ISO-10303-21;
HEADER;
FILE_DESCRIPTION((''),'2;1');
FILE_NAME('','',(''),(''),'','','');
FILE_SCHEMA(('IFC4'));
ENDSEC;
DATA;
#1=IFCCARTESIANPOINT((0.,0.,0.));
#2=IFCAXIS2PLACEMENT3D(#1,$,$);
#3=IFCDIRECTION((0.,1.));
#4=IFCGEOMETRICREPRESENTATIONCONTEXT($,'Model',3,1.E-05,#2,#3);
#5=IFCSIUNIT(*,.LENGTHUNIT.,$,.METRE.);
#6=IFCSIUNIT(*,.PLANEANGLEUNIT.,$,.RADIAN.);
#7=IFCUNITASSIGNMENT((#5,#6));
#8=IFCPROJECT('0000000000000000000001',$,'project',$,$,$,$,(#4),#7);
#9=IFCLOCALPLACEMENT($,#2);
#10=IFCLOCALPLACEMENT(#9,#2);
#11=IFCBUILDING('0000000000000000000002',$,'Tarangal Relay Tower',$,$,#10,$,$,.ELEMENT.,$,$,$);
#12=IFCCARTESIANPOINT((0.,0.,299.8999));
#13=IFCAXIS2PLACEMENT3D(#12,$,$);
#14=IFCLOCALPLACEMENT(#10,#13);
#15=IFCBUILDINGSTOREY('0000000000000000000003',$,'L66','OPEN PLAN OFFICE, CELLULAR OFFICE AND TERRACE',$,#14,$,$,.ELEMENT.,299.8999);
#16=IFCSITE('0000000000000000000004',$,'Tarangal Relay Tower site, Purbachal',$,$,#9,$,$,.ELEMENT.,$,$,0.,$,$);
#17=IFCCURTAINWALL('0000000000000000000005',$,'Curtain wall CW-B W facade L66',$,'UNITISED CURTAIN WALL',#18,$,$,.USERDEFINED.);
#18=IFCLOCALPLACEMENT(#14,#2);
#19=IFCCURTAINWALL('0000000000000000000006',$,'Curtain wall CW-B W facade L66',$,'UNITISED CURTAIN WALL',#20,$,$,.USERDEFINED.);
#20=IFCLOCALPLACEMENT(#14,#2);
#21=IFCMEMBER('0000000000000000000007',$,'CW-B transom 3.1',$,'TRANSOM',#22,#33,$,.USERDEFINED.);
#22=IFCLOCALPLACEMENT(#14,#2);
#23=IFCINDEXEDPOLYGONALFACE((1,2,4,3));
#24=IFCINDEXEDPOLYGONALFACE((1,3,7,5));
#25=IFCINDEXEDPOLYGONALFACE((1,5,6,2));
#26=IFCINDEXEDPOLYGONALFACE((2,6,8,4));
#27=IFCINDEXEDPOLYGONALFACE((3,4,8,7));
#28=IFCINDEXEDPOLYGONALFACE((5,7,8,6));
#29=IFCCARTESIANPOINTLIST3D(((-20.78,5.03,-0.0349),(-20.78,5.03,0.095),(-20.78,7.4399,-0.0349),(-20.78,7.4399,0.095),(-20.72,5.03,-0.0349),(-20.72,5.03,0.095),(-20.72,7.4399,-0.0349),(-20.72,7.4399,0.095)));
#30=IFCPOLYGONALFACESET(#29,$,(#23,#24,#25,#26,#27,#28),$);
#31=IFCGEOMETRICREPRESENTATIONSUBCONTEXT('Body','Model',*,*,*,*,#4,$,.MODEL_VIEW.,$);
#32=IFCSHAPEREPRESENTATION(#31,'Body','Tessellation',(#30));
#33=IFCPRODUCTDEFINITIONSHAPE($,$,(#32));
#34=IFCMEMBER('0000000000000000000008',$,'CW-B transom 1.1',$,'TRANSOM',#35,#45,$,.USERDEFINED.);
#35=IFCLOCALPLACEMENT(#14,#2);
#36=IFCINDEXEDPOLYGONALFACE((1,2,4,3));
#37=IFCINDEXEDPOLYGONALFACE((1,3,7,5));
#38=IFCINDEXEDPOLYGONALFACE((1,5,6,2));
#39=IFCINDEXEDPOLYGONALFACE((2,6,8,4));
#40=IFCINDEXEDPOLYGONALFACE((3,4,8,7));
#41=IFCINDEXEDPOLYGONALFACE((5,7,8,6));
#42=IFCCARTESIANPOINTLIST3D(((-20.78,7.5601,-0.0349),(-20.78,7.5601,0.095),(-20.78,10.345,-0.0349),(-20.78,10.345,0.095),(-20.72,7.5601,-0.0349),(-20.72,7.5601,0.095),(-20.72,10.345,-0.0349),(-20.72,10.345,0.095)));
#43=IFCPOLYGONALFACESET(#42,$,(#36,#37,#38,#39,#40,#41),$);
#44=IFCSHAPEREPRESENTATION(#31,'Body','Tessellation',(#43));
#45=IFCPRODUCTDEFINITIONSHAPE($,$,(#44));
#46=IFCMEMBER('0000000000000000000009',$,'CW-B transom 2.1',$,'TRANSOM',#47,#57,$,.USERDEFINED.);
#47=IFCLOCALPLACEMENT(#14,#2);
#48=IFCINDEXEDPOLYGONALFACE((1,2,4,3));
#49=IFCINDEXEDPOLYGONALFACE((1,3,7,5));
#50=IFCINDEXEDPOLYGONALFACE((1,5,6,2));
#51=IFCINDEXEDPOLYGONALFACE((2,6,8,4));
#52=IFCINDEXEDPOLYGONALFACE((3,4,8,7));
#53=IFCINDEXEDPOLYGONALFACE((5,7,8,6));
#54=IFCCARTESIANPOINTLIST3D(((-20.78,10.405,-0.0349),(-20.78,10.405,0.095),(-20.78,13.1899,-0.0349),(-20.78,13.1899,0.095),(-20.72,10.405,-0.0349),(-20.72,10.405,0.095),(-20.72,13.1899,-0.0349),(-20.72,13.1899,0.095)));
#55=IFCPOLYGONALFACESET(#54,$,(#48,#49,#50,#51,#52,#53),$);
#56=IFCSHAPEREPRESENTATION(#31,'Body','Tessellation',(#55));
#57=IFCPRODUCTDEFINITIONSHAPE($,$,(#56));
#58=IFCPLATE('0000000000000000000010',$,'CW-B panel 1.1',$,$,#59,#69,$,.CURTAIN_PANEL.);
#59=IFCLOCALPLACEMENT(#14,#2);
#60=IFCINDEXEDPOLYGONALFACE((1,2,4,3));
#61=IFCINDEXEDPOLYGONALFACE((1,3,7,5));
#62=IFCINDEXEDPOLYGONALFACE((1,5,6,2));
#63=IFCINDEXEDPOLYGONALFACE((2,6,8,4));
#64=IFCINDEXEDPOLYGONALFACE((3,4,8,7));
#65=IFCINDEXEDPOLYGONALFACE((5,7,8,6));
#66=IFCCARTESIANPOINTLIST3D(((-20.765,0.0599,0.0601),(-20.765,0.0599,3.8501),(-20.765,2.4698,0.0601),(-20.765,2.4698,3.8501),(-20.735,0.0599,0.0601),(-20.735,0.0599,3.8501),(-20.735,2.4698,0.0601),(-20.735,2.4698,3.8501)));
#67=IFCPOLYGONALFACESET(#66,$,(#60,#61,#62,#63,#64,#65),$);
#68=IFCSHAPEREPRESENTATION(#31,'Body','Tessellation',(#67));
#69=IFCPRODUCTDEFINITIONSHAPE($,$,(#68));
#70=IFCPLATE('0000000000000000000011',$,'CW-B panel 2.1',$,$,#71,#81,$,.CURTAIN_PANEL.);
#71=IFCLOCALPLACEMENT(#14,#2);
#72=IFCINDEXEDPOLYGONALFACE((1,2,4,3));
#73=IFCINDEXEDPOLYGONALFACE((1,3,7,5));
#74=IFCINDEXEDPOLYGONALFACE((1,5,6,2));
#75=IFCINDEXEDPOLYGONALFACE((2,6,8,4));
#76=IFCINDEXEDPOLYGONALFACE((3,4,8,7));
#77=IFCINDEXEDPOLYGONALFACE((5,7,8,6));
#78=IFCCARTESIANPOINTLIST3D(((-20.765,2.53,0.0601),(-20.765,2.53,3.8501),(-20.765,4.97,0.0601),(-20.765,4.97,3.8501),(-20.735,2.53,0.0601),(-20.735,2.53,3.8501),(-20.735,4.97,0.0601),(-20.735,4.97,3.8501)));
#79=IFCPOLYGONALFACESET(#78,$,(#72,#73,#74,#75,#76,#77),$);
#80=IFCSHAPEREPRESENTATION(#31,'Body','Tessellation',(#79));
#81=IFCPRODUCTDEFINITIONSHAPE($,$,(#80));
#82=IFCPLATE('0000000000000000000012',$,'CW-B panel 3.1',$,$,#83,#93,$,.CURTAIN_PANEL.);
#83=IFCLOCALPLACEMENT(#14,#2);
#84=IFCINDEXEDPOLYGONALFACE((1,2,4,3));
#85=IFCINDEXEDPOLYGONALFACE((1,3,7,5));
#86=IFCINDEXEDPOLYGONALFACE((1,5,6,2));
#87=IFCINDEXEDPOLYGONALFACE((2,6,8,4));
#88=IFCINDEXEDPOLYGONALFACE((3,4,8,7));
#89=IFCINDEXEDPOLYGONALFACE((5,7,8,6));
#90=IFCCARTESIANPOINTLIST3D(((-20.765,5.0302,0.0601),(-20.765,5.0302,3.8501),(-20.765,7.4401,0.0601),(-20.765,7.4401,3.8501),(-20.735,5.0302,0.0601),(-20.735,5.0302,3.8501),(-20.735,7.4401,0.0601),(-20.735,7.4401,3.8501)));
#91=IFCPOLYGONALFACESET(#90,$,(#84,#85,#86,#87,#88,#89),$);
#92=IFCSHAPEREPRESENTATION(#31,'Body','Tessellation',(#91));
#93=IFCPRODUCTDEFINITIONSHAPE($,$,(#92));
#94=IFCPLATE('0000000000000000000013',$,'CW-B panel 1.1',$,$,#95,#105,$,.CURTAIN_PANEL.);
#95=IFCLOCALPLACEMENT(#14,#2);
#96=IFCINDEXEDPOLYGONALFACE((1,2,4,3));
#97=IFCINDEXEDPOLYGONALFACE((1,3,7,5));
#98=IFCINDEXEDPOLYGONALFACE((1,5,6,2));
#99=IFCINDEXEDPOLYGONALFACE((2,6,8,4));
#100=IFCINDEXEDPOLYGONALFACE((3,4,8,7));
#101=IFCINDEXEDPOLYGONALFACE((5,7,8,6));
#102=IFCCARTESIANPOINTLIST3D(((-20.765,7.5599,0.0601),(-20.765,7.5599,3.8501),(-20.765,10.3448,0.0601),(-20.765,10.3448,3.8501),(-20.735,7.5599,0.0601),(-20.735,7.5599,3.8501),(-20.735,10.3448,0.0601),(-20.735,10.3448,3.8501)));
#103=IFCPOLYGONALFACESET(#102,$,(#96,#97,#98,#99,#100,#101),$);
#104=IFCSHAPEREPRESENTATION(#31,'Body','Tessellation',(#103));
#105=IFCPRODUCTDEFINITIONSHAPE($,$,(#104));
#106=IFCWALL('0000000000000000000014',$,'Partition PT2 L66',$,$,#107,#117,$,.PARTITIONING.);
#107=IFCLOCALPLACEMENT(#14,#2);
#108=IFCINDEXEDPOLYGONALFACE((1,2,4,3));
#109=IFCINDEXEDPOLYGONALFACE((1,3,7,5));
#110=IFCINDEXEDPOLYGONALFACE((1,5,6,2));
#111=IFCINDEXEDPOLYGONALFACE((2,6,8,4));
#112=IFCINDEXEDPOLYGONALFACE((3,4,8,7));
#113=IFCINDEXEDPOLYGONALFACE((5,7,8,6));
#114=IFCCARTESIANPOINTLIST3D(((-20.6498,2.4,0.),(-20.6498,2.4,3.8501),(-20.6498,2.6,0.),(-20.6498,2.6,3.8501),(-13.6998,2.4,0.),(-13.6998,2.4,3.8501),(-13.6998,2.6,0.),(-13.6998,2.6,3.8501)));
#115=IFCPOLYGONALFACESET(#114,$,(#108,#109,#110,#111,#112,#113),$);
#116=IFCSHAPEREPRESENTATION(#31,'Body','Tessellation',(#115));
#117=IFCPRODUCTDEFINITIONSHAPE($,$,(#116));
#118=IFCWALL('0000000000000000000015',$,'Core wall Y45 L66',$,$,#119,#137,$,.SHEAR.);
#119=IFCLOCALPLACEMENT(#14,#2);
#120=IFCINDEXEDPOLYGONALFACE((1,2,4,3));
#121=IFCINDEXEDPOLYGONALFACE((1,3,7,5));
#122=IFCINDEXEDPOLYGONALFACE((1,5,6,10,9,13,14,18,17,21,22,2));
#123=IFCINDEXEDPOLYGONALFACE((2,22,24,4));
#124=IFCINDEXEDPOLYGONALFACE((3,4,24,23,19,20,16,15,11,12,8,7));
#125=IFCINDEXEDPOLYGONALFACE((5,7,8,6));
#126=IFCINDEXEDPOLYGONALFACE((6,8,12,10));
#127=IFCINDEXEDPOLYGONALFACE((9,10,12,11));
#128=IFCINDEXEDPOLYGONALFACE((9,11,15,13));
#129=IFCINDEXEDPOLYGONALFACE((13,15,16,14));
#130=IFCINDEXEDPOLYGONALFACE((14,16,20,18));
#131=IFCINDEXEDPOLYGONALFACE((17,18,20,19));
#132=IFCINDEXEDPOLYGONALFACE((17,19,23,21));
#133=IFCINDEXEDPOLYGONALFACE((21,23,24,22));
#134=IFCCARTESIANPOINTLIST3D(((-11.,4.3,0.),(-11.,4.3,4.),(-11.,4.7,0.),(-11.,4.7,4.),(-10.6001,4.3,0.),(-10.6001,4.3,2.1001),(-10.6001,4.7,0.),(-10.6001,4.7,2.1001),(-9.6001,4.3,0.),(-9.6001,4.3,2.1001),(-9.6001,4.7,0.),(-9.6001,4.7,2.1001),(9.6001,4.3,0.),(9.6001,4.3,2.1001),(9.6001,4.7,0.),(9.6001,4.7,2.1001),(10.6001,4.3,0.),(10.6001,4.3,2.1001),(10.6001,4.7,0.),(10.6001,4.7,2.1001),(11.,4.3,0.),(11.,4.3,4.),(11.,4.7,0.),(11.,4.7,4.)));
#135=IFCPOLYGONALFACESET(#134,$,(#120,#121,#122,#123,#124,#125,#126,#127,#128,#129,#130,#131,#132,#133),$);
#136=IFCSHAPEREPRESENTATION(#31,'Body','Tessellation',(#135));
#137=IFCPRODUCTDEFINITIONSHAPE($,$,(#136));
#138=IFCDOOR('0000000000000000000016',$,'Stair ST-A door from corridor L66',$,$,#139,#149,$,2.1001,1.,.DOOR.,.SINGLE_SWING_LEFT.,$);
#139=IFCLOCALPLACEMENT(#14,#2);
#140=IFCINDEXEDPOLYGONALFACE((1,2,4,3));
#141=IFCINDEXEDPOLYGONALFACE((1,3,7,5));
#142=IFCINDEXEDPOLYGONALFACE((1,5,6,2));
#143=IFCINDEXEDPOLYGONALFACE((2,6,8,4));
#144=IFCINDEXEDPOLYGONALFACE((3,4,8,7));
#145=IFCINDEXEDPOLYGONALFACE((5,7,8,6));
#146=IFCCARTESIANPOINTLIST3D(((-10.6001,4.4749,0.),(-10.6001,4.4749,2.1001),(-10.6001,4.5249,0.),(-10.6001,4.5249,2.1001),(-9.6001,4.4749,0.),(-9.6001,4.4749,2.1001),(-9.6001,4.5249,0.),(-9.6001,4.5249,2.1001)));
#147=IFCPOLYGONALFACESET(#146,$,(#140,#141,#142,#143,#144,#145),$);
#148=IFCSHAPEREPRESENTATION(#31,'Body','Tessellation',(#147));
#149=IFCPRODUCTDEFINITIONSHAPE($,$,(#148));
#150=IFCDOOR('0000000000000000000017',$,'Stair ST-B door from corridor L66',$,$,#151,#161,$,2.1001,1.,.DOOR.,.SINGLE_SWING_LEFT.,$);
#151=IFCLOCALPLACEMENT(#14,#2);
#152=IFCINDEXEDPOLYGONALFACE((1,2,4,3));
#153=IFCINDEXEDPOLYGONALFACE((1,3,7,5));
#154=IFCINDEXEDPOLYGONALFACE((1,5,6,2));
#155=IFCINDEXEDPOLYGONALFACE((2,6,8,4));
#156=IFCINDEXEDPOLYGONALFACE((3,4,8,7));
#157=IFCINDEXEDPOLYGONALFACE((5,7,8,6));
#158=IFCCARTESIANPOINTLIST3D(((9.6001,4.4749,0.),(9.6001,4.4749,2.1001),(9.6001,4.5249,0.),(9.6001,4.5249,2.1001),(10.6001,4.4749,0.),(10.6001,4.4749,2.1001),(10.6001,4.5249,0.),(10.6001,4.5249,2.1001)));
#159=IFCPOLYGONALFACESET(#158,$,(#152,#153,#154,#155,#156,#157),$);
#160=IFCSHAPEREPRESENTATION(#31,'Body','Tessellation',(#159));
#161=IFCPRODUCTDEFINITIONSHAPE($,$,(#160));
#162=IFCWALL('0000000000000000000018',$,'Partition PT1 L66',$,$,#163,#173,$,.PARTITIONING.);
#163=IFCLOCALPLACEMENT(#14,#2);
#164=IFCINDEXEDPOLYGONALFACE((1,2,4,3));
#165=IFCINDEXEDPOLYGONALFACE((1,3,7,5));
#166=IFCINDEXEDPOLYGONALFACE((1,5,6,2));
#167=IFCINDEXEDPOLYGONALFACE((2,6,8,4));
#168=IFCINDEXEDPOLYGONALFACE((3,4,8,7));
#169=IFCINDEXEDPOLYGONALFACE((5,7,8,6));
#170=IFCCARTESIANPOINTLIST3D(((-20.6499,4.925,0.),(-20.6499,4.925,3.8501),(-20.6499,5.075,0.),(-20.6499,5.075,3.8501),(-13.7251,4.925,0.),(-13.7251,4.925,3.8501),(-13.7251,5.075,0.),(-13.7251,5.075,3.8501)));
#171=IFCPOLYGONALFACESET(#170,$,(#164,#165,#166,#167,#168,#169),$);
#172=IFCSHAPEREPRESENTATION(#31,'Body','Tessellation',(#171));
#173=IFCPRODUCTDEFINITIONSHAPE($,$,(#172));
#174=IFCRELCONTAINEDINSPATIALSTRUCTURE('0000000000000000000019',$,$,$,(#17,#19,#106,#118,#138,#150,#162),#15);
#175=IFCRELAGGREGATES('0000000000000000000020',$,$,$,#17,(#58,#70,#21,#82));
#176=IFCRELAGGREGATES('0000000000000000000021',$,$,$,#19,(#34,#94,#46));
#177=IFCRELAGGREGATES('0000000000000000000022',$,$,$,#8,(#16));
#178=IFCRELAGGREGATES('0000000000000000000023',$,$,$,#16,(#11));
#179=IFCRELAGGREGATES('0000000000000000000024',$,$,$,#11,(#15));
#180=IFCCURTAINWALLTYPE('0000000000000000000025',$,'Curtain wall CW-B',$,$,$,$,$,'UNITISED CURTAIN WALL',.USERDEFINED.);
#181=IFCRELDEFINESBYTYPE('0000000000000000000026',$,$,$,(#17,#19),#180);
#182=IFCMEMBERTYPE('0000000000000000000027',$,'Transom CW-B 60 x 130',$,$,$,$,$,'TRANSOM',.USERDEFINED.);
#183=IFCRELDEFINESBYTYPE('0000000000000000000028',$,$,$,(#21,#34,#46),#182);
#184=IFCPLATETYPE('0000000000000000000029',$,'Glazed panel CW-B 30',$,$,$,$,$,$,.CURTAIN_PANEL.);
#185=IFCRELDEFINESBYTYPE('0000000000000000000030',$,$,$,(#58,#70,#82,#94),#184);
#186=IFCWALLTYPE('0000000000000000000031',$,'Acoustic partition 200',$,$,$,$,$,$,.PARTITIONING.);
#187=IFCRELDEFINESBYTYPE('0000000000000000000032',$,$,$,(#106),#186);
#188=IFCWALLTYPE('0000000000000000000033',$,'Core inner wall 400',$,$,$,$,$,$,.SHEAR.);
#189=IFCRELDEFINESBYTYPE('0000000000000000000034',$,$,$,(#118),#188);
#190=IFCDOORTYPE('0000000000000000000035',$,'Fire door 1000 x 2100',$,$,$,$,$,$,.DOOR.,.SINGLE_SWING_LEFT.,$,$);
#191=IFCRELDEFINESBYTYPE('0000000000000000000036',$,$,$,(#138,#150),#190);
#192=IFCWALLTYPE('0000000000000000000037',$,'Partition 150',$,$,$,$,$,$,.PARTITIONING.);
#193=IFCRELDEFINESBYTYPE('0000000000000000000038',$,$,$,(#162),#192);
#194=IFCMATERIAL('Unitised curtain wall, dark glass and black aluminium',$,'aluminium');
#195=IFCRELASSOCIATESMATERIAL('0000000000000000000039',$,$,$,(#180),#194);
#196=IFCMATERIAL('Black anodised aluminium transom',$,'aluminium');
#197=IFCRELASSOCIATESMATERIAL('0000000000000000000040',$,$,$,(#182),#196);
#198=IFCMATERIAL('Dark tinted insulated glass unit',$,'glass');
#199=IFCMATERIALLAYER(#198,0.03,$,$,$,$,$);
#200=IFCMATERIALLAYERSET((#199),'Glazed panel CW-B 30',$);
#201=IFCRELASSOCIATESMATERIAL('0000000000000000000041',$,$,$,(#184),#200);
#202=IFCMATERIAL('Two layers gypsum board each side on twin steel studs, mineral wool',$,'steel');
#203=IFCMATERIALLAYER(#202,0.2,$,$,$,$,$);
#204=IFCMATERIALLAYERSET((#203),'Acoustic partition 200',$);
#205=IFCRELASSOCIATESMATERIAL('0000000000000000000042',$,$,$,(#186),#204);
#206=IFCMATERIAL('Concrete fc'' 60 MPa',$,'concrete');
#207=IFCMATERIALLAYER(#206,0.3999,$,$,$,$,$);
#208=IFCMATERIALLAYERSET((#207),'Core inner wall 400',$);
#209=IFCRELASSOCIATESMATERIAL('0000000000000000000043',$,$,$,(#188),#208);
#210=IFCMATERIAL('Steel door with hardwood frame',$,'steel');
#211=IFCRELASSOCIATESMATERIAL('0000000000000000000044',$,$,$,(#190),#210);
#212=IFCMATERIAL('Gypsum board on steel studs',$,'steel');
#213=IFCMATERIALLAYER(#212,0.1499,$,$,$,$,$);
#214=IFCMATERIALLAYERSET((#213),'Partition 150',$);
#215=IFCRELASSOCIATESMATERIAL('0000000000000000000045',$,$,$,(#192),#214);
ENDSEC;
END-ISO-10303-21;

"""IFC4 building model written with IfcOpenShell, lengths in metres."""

from ifc_helpers import new_model, si_unit, direction, frame, frame_2d, origin, origin_2d, place, context, subcontext, project, spatial, rectangle, extrude, material, layer, layer_set, material_profile, profile_set, type_object, element, fill, aggregate, save


model = new_model("IFC4")

# Units and contexts
model_context = context("Model", 3, precision=1e-05, world=origin(), true_north=direction((0.0, 1.0)))
body_context = subcontext(model_context, "Body", "Model", "MODEL_VIEW")
ifc_project = project(units=[si_unit("LENGTHUNIT", "METRE"), si_unit("PLANEANGLEUNIT", "RADIAN")], contexts=[model_context])

# Site, building, storey
site_placement = place(None, origin())
site = spatial("IfcSite", under=ifc_project, at=site_placement, Name="Tarangal Relay Tower site, Purbachal", CompositionType="ELEMENT", RefElevation=0.0)
building_placement = place(site_placement, origin())
building = spatial("IfcBuilding", under=site, at=building_placement, Name="Tarangal Relay Tower", CompositionType="ELEMENT")
storey_placement = place(building_placement, frame((0.0, 0.0, 299.8999)))
storey = spatial("IfcBuildingStorey", under=building, at=storey_placement, Name="L66", Description="OPEN PLAN OFFICE, CELLULAR OFFICE AND TERRACE", CompositionType="ELEMENT", Elevation=299.8999)

# Curtain walls
ifc_material_1 = material(Name="Unitised curtain wall, dark glass and black aluminium", Category="aluminium")
curtain_wall_type = type_object("IfcCurtainWallType", Name="Curtain wall CW-B", ElementType="UNITISED CURTAIN WALL", PredefinedType="USERDEFINED", material=ifc_material_1)
curtain_wall_1_placement = place(storey_placement, origin())
curtain_wall_1 = element("IfcCurtainWall", 1, at=curtain_wall_1_placement, inside=storey, type_object=curtain_wall_type, Name="Curtain wall CW-B W facade L66", ObjectType="UNITISED CURTAIN WALL", PredefinedType="USERDEFINED")
curtain_wall_2_placement = place(storey_placement, origin())
curtain_wall_2 = element("IfcCurtainWall", 2, at=curtain_wall_2_placement, inside=storey, type_object=curtain_wall_type, Name="Curtain wall CW-B W facade L66", ObjectType="UNITISED CURTAIN WALL", PredefinedType="USERDEFINED")

# Members
ifc_material_2 = material(Name="Black anodised aluminium transom", Category="aluminium")
ifc_material_profile_1 = material_profile(ifc_material_2, rectangle(XDim=0.0601, YDim=0.1299, at=origin_2d()), Name="CW-BT 60X130")
ifc_profile_set_1 = profile_set([ifc_material_profile_1], Name="Black anodised aluminium transom")
member_type_1 = type_object("IfcMemberType", Name="Transom CW-B 60 x 130", ElementType="TRANSOM", PredefinedType="USERDEFINED", material=ifc_profile_set_1)
member_1_placement = place(storey_placement, frame((-20.75, 5.03, 0.03), z_axis=(0.0, 1.0, 0.0), x_axis=(-1.0, 0.0, 0.0)))
member_1 = element("IfcMember", 3, at=member_1_placement, type_object=member_type_1, Name="CW-B transom 3.1", ObjectType="TRANSOM", PredefinedType="USERDEFINED", context=body_context, shape_type="SweptSolid", body=[
    extrude(rectangle(XDim=0.0601, YDim=0.1299, at=origin_2d()), origin(), (0.0, 0.0, 1.0), 2.4099),
])
member_2_placement = place(storey_placement, frame((-20.75, 7.5601, 0.03), z_axis=(0.0, 1.0, 0.0), x_axis=(-1.0, 0.0, 0.0)))
member_2 = element("IfcMember", 4, at=member_2_placement, type_object=member_type_1, Name="CW-B transom 1.1", ObjectType="TRANSOM", PredefinedType="USERDEFINED", context=body_context, shape_type="SweptSolid", body=[
    extrude(rectangle(XDim=0.0601, YDim=0.1299, at=origin_2d()), origin(), (0.0, 0.0, 1.0), 2.7849),
])
member_3_placement = place(storey_placement, frame((-20.75, 10.405, 0.03), z_axis=(0.0, 1.0, 0.0), x_axis=(-1.0, 0.0, 0.0)))
member_3 = element("IfcMember", 5, at=member_3_placement, type_object=member_type_1, Name="CW-B transom 2.1", ObjectType="TRANSOM", PredefinedType="USERDEFINED", context=body_context, shape_type="SweptSolid", body=[
    extrude(rectangle(XDim=0.0601, YDim=0.1299, at=origin_2d()), origin(), (0.0, 0.0, 1.0), 2.7849),
])

# Plates
ifc_material_3 = material(Name="Dark tinted insulated glass unit", Category="glass")
ifc_layer_1 = layer(ifc_material_3, 0.03)
ifc_layer_set_1 = layer_set([ifc_layer_1], Name="Glazed panel CW-B 30")
plate_type = type_object("IfcPlateType", Name="Glazed panel CW-B 30", PredefinedType="CURTAIN_PANEL", material=ifc_layer_set_1)
plate_1_placement = place(storey_placement, frame((-20.75, 1.2649, 0.0601), z_axis=(0.0, 0.0, 1.0), x_axis=(0.0, 1.0, 0.0)))
plate_1 = element("IfcPlate", 6, at=plate_1_placement, type_object=plate_type, Name="CW-B panel 1.1", PredefinedType="CURTAIN_PANEL", context=body_context, shape_type="SweptSolid", body=[
    extrude(rectangle(XDim=2.4099, YDim=0.03, at=origin_2d()), origin(), (0.0, 0.0, 1.0), 3.79),
])
plate_2_placement = place(storey_placement, frame((-20.75, 3.75, 0.0601), z_axis=(0.0, 0.0, 1.0), x_axis=(0.0, 1.0, 0.0)))
plate_2 = element("IfcPlate", 7, at=plate_2_placement, type_object=plate_type, Name="CW-B panel 2.1", PredefinedType="CURTAIN_PANEL", context=body_context, shape_type="SweptSolid", body=[
    extrude(rectangle(XDim=2.4399, YDim=0.03, at=origin_2d()), origin(), (0.0, 0.0, 1.0), 3.79),
])
plate_3_placement = place(storey_placement, frame((-20.75, 6.2351, 0.0601), z_axis=(0.0, 0.0, 1.0), x_axis=(0.0, 1.0, 0.0)))
plate_3 = element("IfcPlate", 8, at=plate_3_placement, type_object=plate_type, Name="CW-B panel 3.1", PredefinedType="CURTAIN_PANEL", context=body_context, shape_type="SweptSolid", body=[
    extrude(rectangle(XDim=2.4099, YDim=0.03, at=origin_2d()), origin(), (0.0, 0.0, 1.0), 3.79),
])
aggregate(curtain_wall_1, [plate_1, plate_2, member_1, plate_3])
plate_4_placement = place(storey_placement, frame((-20.75, 8.9524, 0.0601), z_axis=(0.0, 0.0, 1.0), x_axis=(0.0, 1.0, 0.0)))
plate_4 = element("IfcPlate", 9, at=plate_4_placement, type_object=plate_type, Name="CW-B panel 1.1", PredefinedType="CURTAIN_PANEL", context=body_context, shape_type="SweptSolid", body=[
    extrude(rectangle(XDim=2.7849, YDim=0.03, at=origin_2d()), origin(), (0.0, 0.0, 1.0), 3.79),
])
aggregate(curtain_wall_2, [member_2, plate_4, member_3])

# Wall
ifc_material_4 = material(Name="Two layers gypsum board each side on twin steel studs, mineral wool", Category="steel")
ifc_layer_2 = layer(ifc_material_4, 0.2)
ifc_layer_set_2 = layer_set([ifc_layer_2], Name="Acoustic partition 200")
wall_type_1 = type_object("IfcWallType", Name="Acoustic partition 200", PredefinedType="PARTITIONING", material=ifc_layer_set_2)
wall_1_placement = place(storey_placement, frame((-20.6499, 2.5, 0.0), z_axis=(0.0, 0.0, 1.0), x_axis=(1.0, 0.0, 0.0)))
element("IfcWall", 10, at=wall_1_placement, inside=storey, type_object=wall_type_1, Name="Partition PT2 L66", PredefinedType="PARTITIONING", context=body_context, shape_type="SweptSolid", body=[
    extrude(rectangle(XDim=6.95, YDim=0.2, at=frame_2d((3.4751, 0.0))), origin(), (0.0, 0.0, 1.0), 3.8501),
])

# Wall, openings, doors
ifc_material_5 = material(Name="Concrete fc' 60 MPa", Category="concrete")
ifc_layer_3 = layer(ifc_material_5, 0.3999)
ifc_layer_set_3 = layer_set([ifc_layer_3], Name="Core inner wall 400")
wall_type_2 = type_object("IfcWallType", Name="Core inner wall 400", PredefinedType="SHEAR", material=ifc_layer_set_3)
wall_2_placement = place(storey_placement, frame((-11.0, 4.5, 0.0), z_axis=(0.0, 0.0, 1.0), x_axis=(1.0, 0.0, 0.0)))
wall_2 = element("IfcWall", 11, at=wall_2_placement, inside=storey, type_object=wall_type_2, Name="Core wall Y45 L66", PredefinedType="SHEAR", context=body_context, shape_type="SweptSolid", body=[
    extrude(rectangle(XDim=22.0, YDim=0.3999, at=frame_2d((11.0, 0.0))), origin(), (0.0, 0.0, 1.0), 4.0),
])
opening_1_placement = place(wall_2_placement, frame((0.3999, 0.0, 0.0)))
opening_1 = element("IfcOpeningElement", 12, at=opening_1_placement, cuts=wall_2, PredefinedType="OPENING", context=body_context, shape_type="SweptSolid", body=[
    extrude(rectangle(XDim=1.0, YDim=2.1001, at=frame_2d((0.5, 1.05))), frame((0.0, 0.21, 0.0), z_axis=(0.0, -1.0, 0.0), x_axis=(1.0, 0.0, 0.0)), (0.0, 0.0, 1.0), 0.4199),
])
opening_2_placement = place(wall_2_placement, frame((20.6001, 0.0, 0.0)))
opening_2 = element("IfcOpeningElement", 13, at=opening_2_placement, cuts=wall_2, PredefinedType="OPENING", context=body_context, shape_type="SweptSolid", body=[
    extrude(rectangle(XDim=1.0, YDim=2.1001, at=frame_2d((0.5, 1.05))), frame((0.0, 0.21, 0.0), z_axis=(0.0, -1.0, 0.0), x_axis=(1.0, 0.0, 0.0)), (0.0, 0.0, 1.0), 0.4199),
])
ifc_material_6 = material(Name="Steel door with hardwood frame", Category="steel")
door_type_1 = type_object("IfcDoorType", Name="Fire door 1000 x 2100", OperationType="SINGLE_SWING_LEFT", PredefinedType="DOOR", material=ifc_material_6)
door_1_placement = place(opening_1_placement, origin())
door_1 = element("IfcDoor", 14, at=door_1_placement, inside=storey, type_object=door_type_1, Name="Stair ST-A door from corridor L66", OperationType="SINGLE_SWING_LEFT", OverallHeight=2.1001, OverallWidth=1.0, PredefinedType="DOOR", context=body_context, shape_type="SweptSolid", body=[
    extrude(rectangle(XDim=1.0, YDim=2.1001, at=frame_2d((0.5, 1.05))), frame((0.0, 0.0249, 0.0), z_axis=(0.0, -1.0, 0.0), x_axis=(1.0, 0.0, 0.0)), (0.0, 0.0, 1.0), 0.05),
])
fill(opening_1, door_1)
door_2_placement = place(opening_2_placement, origin())
door_2 = element("IfcDoor", 15, at=door_2_placement, inside=storey, type_object=door_type_1, Name="Stair ST-B door from corridor L66", OperationType="SINGLE_SWING_LEFT", OverallHeight=2.1001, OverallWidth=1.0, PredefinedType="DOOR", context=body_context, shape_type="SweptSolid", body=[
    extrude(rectangle(XDim=1.0, YDim=2.1001, at=frame_2d((0.5, 1.05))), frame((0.0, 0.0249, 0.0), z_axis=(0.0, -1.0, 0.0), x_axis=(1.0, 0.0, 0.0)), (0.0, 0.0, 1.0), 0.05),
])
fill(opening_2, door_2)

# Wall
ifc_material_7 = material(Name="Gypsum board on steel studs", Category="steel")
ifc_layer_4 = layer(ifc_material_7, 0.1499)
ifc_layer_set_4 = layer_set([ifc_layer_4], Name="Partition 150")
wall_type_3 = type_object("IfcWallType", Name="Partition 150", PredefinedType="PARTITIONING", material=ifc_layer_set_4)
wall_3_placement = place(storey_placement, frame((-20.6499, 5.0, 0.0), z_axis=(0.0, 0.0, 1.0), x_axis=(1.0, 0.0, 0.0)))
element("IfcWall", 16, at=wall_3_placement, inside=storey, type_object=wall_type_3, Name="Partition PT1 L66", PredefinedType="PARTITIONING", context=body_context, shape_type="SweptSolid", body=[
    extrude(rectangle(XDim=6.9248, YDim=0.1499, at=frame_2d((3.4624, 0.0))), origin(), (0.0, 0.0, 1.0), 3.8501),
])

save(model, "model.ifc")
